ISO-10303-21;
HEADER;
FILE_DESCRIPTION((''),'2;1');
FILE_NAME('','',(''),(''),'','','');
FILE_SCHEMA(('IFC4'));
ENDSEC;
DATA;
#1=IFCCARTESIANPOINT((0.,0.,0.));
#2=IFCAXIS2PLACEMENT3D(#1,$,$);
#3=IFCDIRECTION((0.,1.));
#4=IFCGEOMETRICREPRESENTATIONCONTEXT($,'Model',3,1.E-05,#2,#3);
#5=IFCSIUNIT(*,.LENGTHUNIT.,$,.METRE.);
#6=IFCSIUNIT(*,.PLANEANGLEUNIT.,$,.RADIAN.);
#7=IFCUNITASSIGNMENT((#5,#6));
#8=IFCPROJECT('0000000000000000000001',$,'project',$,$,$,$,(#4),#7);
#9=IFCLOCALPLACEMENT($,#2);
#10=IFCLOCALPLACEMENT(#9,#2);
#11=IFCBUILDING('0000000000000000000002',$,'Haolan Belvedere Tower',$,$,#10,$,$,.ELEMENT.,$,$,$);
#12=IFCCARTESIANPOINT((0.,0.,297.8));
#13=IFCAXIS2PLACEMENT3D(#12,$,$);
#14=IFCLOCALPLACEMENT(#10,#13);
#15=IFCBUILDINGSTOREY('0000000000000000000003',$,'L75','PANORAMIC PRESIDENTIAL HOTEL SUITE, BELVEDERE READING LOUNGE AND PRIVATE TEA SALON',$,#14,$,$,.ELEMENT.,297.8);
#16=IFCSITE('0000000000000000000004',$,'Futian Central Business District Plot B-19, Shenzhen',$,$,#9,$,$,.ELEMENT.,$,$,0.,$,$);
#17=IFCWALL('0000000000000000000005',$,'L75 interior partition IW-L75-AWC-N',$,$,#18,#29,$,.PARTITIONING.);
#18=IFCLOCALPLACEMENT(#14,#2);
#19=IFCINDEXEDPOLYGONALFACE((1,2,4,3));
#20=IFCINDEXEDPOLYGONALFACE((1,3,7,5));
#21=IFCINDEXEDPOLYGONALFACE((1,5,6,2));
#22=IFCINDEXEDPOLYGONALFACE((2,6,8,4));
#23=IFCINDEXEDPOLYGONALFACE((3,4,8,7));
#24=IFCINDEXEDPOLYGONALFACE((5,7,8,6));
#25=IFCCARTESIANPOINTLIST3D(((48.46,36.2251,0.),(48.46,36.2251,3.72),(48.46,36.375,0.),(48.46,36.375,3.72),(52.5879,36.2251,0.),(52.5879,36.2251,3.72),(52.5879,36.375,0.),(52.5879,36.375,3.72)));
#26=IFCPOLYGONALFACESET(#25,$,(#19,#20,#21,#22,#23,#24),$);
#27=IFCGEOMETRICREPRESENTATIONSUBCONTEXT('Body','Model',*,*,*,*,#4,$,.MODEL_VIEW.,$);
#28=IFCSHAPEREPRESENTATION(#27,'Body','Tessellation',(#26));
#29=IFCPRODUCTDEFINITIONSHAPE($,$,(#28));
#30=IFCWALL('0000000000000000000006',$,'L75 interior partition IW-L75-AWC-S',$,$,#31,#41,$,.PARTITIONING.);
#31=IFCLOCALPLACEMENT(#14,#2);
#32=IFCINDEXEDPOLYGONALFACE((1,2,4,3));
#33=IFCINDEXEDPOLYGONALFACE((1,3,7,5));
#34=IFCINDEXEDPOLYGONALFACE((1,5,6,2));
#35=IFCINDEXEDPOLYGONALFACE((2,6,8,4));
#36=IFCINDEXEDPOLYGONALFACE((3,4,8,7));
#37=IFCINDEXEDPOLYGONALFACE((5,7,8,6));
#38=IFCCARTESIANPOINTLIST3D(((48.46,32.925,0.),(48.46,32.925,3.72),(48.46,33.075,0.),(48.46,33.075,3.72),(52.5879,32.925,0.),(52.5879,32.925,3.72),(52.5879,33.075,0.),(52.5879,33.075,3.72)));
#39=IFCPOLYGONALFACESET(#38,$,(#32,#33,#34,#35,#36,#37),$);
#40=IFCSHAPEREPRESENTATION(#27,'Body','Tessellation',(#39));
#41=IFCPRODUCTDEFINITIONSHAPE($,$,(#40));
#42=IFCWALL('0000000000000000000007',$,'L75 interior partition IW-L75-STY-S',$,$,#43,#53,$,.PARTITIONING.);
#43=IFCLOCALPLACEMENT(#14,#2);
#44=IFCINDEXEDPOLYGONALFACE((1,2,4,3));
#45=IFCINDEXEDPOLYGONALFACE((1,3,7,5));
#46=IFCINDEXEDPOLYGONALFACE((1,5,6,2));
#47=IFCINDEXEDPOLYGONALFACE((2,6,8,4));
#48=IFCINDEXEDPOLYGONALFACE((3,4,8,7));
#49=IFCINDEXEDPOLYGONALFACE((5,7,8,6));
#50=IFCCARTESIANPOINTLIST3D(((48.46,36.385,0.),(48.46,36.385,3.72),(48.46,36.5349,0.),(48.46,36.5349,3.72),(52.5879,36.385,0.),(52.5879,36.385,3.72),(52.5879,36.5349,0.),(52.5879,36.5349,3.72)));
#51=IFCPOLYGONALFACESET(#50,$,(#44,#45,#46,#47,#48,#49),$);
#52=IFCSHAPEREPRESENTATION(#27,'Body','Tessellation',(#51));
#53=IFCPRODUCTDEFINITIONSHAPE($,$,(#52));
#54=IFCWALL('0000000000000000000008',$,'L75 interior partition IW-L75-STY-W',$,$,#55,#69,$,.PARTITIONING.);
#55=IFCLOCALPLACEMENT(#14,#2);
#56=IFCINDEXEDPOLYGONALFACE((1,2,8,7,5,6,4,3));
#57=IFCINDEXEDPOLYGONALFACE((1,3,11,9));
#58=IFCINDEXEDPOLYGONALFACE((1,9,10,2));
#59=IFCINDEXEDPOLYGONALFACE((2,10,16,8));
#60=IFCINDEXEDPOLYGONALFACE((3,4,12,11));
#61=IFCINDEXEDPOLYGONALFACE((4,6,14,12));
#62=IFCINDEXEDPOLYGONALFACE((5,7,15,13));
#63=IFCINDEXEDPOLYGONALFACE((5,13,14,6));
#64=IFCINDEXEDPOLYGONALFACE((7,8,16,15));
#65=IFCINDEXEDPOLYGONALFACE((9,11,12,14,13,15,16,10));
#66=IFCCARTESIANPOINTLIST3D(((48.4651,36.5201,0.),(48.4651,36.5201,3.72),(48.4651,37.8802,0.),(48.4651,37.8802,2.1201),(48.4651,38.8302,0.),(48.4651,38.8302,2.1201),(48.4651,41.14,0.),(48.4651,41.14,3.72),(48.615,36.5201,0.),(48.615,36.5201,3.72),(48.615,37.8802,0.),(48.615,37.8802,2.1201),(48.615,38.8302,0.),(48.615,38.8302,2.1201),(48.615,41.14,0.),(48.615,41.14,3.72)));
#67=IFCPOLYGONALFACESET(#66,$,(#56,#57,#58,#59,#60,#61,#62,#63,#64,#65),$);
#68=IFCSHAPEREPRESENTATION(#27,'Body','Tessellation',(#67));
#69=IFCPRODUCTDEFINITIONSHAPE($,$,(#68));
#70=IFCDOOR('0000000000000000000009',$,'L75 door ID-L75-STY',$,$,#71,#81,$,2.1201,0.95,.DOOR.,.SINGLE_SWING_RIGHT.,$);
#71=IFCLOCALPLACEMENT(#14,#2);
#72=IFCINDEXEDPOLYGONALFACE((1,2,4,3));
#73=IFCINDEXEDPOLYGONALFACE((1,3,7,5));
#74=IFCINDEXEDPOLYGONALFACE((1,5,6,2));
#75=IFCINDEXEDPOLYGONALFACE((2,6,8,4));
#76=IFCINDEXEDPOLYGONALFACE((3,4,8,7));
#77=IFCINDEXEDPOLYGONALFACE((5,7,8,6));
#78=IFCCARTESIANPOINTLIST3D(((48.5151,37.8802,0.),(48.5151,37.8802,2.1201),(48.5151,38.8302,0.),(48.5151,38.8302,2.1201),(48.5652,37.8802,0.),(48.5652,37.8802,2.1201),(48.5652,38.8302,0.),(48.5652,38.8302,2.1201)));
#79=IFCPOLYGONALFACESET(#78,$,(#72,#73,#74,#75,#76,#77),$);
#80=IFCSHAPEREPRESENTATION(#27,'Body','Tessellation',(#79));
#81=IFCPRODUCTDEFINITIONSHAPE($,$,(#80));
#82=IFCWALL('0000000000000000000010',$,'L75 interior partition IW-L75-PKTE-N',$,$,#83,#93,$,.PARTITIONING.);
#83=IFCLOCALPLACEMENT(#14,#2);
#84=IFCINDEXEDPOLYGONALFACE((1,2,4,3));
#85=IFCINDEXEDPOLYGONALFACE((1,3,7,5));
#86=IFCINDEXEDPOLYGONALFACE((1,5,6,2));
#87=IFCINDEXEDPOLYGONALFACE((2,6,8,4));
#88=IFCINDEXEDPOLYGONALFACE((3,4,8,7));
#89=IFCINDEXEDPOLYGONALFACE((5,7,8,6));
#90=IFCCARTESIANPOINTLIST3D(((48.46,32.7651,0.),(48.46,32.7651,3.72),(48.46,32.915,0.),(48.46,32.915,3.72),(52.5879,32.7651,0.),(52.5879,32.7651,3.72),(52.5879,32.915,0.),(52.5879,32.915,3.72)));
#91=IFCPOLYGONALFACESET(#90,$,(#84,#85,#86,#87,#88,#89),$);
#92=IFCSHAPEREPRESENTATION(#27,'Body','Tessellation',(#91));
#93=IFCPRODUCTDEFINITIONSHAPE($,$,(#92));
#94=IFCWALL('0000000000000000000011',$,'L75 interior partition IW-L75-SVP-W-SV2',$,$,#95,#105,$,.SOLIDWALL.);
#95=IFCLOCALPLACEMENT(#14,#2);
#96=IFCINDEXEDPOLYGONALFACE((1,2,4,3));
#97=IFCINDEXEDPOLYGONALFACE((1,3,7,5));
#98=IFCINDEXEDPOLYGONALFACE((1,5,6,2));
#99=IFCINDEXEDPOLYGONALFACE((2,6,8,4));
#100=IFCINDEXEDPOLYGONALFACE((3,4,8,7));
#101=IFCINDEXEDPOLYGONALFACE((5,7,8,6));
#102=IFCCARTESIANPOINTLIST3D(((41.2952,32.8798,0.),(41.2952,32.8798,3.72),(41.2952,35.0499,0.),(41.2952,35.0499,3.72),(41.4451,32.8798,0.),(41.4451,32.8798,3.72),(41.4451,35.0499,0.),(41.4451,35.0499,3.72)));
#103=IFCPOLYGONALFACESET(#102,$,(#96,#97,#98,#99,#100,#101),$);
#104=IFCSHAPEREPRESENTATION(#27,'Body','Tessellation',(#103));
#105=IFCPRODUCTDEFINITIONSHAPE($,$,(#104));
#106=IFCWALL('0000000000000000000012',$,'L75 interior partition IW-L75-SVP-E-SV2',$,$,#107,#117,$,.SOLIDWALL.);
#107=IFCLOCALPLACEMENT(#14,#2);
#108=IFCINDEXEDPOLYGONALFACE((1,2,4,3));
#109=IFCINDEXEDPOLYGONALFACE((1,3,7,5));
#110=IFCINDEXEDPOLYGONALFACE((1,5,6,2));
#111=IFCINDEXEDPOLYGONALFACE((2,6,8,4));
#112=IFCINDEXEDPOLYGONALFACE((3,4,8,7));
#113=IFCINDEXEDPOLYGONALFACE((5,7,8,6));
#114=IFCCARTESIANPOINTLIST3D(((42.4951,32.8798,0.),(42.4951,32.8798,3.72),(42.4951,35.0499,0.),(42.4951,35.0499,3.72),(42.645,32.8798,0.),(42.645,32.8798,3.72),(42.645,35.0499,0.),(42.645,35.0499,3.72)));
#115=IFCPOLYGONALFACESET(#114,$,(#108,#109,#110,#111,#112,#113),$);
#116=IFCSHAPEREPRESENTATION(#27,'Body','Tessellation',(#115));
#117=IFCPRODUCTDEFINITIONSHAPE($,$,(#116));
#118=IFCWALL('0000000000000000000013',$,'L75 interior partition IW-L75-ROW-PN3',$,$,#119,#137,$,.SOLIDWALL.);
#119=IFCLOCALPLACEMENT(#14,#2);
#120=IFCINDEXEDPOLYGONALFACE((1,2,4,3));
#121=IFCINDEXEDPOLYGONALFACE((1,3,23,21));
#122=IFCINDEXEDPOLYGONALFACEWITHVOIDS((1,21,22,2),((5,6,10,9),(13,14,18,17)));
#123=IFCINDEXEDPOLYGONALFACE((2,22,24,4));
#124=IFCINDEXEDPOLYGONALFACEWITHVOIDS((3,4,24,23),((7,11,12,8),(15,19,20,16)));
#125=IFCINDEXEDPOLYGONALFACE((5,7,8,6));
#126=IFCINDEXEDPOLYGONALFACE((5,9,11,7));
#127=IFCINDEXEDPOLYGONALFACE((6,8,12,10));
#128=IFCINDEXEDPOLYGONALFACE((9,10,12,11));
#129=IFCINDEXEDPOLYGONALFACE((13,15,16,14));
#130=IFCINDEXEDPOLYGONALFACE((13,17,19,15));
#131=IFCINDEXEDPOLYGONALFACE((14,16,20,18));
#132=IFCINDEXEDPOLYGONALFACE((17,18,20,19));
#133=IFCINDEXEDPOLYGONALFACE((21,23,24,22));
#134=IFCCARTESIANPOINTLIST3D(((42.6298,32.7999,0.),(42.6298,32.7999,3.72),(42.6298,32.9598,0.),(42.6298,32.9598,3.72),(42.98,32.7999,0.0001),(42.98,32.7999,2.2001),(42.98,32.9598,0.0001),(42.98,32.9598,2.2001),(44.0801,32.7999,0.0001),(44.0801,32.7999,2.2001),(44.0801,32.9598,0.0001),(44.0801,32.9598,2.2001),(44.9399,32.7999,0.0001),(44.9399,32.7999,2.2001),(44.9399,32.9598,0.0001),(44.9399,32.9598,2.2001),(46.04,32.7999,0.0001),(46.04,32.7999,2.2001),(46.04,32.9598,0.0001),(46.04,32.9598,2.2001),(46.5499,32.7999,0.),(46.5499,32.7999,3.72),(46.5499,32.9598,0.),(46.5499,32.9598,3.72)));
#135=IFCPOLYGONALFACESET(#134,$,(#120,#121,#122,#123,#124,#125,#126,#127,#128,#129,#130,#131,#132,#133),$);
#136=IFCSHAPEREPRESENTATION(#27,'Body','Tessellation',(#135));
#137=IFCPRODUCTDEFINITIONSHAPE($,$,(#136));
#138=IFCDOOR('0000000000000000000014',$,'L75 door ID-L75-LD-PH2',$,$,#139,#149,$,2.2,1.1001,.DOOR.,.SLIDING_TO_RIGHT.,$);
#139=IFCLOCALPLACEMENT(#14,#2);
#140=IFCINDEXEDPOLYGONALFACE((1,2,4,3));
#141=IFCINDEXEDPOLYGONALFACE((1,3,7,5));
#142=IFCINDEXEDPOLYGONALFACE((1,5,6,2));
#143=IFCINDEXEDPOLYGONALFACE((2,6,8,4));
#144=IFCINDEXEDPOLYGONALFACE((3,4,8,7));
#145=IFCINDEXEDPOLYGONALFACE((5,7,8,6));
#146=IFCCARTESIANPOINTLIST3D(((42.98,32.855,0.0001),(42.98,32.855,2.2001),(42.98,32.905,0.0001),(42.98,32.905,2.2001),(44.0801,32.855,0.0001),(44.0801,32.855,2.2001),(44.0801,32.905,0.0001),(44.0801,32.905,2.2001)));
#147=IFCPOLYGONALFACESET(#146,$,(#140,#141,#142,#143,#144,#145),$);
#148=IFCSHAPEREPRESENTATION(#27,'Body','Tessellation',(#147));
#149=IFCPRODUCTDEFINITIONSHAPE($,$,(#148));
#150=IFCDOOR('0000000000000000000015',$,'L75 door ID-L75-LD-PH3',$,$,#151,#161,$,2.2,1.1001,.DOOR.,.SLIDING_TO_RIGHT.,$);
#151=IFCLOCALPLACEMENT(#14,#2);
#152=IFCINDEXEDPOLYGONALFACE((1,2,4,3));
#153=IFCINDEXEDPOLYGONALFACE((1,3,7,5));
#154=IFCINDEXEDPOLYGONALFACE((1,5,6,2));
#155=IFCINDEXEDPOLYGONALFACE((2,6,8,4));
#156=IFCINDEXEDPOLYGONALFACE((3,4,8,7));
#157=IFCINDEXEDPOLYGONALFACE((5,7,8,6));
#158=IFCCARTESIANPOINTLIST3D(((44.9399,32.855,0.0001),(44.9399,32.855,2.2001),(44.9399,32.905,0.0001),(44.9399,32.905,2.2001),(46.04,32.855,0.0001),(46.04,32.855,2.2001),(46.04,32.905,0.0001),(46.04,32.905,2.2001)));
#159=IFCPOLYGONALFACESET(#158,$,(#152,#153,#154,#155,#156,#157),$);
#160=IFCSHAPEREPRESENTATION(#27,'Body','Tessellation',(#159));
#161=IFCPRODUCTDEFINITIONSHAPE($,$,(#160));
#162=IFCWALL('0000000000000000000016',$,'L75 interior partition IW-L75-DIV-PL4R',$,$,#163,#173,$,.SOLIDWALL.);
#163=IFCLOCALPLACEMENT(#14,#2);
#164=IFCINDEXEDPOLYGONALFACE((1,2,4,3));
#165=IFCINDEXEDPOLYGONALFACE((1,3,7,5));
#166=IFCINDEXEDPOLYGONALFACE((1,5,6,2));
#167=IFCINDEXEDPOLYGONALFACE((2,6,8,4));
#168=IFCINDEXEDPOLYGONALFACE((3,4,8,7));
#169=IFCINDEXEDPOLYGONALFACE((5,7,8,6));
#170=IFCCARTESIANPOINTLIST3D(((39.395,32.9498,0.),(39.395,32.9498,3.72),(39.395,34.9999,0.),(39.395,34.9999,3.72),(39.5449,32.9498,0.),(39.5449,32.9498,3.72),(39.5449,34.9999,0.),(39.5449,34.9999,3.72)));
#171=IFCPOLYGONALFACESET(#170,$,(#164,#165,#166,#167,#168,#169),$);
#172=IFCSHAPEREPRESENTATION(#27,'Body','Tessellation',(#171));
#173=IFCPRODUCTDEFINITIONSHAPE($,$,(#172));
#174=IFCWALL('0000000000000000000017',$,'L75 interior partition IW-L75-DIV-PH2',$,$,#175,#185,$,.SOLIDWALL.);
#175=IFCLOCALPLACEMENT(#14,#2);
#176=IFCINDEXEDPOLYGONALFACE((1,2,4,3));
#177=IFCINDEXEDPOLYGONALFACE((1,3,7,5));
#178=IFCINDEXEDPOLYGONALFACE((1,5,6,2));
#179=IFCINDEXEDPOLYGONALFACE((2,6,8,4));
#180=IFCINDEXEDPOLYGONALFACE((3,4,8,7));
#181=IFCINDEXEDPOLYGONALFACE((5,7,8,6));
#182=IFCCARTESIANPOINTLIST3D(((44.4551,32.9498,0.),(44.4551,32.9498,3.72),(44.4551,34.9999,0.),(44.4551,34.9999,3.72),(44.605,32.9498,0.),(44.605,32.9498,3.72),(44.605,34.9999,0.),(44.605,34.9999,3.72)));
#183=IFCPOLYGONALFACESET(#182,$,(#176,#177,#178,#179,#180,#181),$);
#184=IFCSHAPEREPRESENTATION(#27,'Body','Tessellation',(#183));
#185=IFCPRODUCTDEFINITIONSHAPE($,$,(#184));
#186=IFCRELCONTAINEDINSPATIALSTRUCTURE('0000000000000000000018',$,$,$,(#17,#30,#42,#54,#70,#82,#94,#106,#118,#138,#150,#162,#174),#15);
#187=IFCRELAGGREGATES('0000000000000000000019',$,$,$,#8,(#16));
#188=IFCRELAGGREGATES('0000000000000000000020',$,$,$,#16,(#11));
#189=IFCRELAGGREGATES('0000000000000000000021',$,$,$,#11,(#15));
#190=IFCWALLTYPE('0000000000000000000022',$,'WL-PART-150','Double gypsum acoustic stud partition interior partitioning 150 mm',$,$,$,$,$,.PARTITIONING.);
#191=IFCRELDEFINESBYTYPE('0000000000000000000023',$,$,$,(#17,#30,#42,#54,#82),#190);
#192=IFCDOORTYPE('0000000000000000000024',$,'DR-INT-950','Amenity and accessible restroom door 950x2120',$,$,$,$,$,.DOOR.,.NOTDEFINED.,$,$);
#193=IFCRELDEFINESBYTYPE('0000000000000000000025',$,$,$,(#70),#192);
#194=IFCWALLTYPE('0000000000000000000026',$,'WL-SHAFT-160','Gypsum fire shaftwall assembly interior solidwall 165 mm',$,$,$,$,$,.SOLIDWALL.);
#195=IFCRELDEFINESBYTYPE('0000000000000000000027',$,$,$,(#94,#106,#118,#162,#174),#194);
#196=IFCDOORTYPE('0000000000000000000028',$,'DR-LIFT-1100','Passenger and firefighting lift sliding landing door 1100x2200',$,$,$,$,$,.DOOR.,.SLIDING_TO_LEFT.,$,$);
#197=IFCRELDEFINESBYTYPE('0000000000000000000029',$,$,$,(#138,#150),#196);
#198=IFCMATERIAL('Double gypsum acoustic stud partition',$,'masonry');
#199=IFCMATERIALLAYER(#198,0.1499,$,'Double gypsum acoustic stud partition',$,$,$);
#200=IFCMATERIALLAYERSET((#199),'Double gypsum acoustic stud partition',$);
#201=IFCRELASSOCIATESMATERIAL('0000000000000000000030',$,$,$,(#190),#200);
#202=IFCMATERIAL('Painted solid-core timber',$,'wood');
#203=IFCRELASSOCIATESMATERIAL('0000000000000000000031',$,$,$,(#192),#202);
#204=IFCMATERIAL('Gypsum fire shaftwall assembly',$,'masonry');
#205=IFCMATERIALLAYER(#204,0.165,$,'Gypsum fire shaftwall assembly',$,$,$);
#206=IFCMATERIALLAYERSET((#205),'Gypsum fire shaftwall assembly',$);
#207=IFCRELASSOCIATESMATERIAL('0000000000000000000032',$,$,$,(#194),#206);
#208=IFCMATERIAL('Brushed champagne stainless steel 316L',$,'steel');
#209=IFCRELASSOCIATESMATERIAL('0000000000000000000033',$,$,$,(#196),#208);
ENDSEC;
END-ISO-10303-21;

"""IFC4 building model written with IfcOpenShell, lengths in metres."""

from ifc_helpers import new_model, si_unit, direction, frame, frame_2d, origin, place, context, subcontext, project, spatial, rectangle, extrude, material, layer, layer_set, type_object, element, fill, save


model = new_model("IFC4")

# Units and contexts
model_context = context("Model", 3, precision=1e-05, world=origin(), true_north=direction((0.0, 1.0)))
body_context = subcontext(model_context, "Body", "Model", "MODEL_VIEW")
ifc_project = project(units=[si_unit("LENGTHUNIT", "METRE"), si_unit("PLANEANGLEUNIT", "RADIAN")], contexts=[model_context])

# Site, building, storey
site_placement = place(None, origin())
site = spatial("IfcSite", under=ifc_project, at=site_placement, Name="Futian Central Business District Plot B-19, Shenzhen", CompositionType="ELEMENT", RefElevation=0.0)
building_placement = place(site_placement, origin())
building = spatial("IfcBuilding", under=site, at=building_placement, Name="Haolan Belvedere Tower", CompositionType="ELEMENT")
storey_placement = place(building_placement, frame((0.0, 0.0, 297.8)))
storey = spatial("IfcBuildingStorey", under=building, at=storey_placement, Name="L75", Description="PANORAMIC PRESIDENTIAL HOTEL SUITE, BELVEDERE READING LOUNGE AND PRIVATE TEA SALON", CompositionType="ELEMENT", Elevation=297.8)

# Walls
ifc_material_1 = material(Name="Double gypsum acoustic stud partition", Category="masonry")
ifc_layer_1 = layer(ifc_material_1, 0.1499, Name="Double gypsum acoustic stud partition")
ifc_layer_set_1 = layer_set([ifc_layer_1], Name="Double gypsum acoustic stud partition")
wall_type_1 = type_object("IfcWallType", Name="WL-PART-150", Description="Double gypsum acoustic stud partition interior partitioning 150 mm", PredefinedType="PARTITIONING", material=ifc_layer_set_1)
for number, where, z_axis, x_axis, name in (
    (1, (48.46, 36.3, 0.0), (0.0, 0.0, 1.0), (1.0, 0.0, 0.0), "L75 interior partition IW-L75-AWC-N"),
    (2, (48.46, 33.0, 0.0), (0.0, 0.0, 1.0), (1.0, 0.0, 0.0), "L75 interior partition IW-L75-AWC-S"),
):
    element("IfcWall", number, at=place(storey_placement, frame(where, z_axis=z_axis, x_axis=x_axis)), inside=storey, type_object=wall_type_1, Name=name, PredefinedType="PARTITIONING", context=body_context, shape_type="SweptSolid", body=[
        extrude(rectangle(XDim=4.1279, YDim=0.1499, at=frame_2d((2.064, 0.0))), origin(), (0.0, 0.0, 1.0), 3.72),
    ])

# Shared definitions
ifc_material_2 = material(Name="Painted solid-core timber", Category="wood")
door_type_1 = type_object("IfcDoorType", Name="DR-INT-950", Description="Amenity and accessible restroom door 950x2120", OperationType="NOTDEFINED", PredefinedType="DOOR", material=ifc_material_2)

# Wall
wall_1_placement = place(storey_placement, frame((48.46, 36.46, 0.0), z_axis=(0.0, 0.0, 1.0), x_axis=(1.0, 0.0, 0.0)))
element("IfcWall", 3, at=wall_1_placement, inside=storey, type_object=wall_type_1, Name="L75 interior partition IW-L75-STY-S", PredefinedType="PARTITIONING", context=body_context, shape_type="SweptSolid", body=[
    extrude(rectangle(XDim=4.1279, YDim=0.1499, at=frame_2d((2.064, 0.0))), origin(), (0.0, 0.0, 1.0), 3.72),
])

# Wall, opening, door
wall_2_placement = place(storey_placement, frame((48.54, 36.52, 0.0), z_axis=(0.0, 0.0, 1.0), x_axis=(0.0, 1.0, 0.0)))
wall_2 = element("IfcWall", 4, at=wall_2_placement, inside=storey, type_object=wall_type_1, Name="L75 interior partition IW-L75-STY-W", PredefinedType="PARTITIONING", context=body_context, shape_type="SweptSolid", body=[
    extrude(rectangle(XDim=4.6199, YDim=0.1499, at=frame_2d((2.3101, 0.0))), origin(), (0.0, 0.0, 1.0), 3.72),
])
opening_1_placement = place(wall_2_placement, frame((1.3601, 0.0, 0.0)))
opening_1 = element("IfcOpeningElement", 5, at=opening_1_placement, cuts=wall_2, PredefinedType="OPENING", context=body_context, shape_type="SweptSolid", body=[
    extrude(rectangle(XDim=0.95, YDim=2.1201, at=frame_2d((0.4751, 1.0601))), frame((0.0, 0.085, 0.0), z_axis=(0.0, -1.0, 0.0), x_axis=(1.0, 0.0, 0.0)), (0.0, 0.0, 1.0), 0.1699),
])
door_1_placement = place(opening_1_placement, origin())
door_1 = element("IfcDoor", 6, at=door_1_placement, inside=storey, type_object=door_type_1, Name="L75 door ID-L75-STY", OperationType="SINGLE_SWING_RIGHT", OverallHeight=2.1201, OverallWidth=0.95, PredefinedType="DOOR", context=body_context, shape_type="SweptSolid", body=[
    extrude(rectangle(XDim=0.95, YDim=2.1201, at=frame_2d((0.4751, 1.0601))), frame((0.0, 0.0249, 0.0), z_axis=(0.0, -1.0, 0.0), x_axis=(1.0, 0.0, 0.0)), (0.0, 0.0, 1.0), 0.05),
])
fill(opening_1, door_1)

# Walls
wall_3_placement = place(storey_placement, frame((48.46, 32.8401, 0.0), z_axis=(0.0, 0.0, 1.0), x_axis=(1.0, 0.0, 0.0)))
element("IfcWall", 7, at=wall_3_placement, inside=storey, type_object=wall_type_1, Name="L75 interior partition IW-L75-PKTE-N", PredefinedType="PARTITIONING", context=body_context, shape_type="SweptSolid", body=[
    extrude(rectangle(XDim=4.1279, YDim=0.1499, at=frame_2d((2.064, 0.0))), origin(), (0.0, 0.0, 1.0), 3.72),
])
ifc_material_3 = material(Name="Gypsum fire shaftwall assembly", Category="masonry")
ifc_layer_2 = layer(ifc_material_3, 0.165, Name="Gypsum fire shaftwall assembly")
ifc_layer_set_2 = layer_set([ifc_layer_2], Name="Gypsum fire shaftwall assembly")
wall_type_2 = type_object("IfcWallType", Name="WL-SHAFT-160", Description="Gypsum fire shaftwall assembly interior solidwall 165 mm", PredefinedType="SOLIDWALL", material=ifc_layer_set_2)
for number, where, z_axis, x_axis, name in (
    (8, (41.3701, 32.8799, 0.0), (0.0, 0.0, 1.0), (0.0, 1.0, 0.0), "L75 interior partition IW-L75-SVP-W-SV2"),
    (9, (42.5701, 32.8799, 0.0), (0.0, 0.0, 1.0), (0.0, 1.0, 0.0), "L75 interior partition IW-L75-SVP-E-SV2"),
):
    element("IfcWall", number, at=place(storey_placement, frame(where, z_axis=z_axis, x_axis=x_axis)), inside=storey, type_object=wall_type_2, Name=name, PredefinedType="SOLIDWALL", context=body_context, shape_type="SweptSolid", body=[
        extrude(rectangle(XDim=2.1702, YDim=0.1499, at=frame_2d((1.085, 0.0))), origin(), (0.0, 0.0, 1.0), 3.72),
    ])

# Wall, openings, doors
wall_4_placement = place(storey_placement, frame((42.6299, 32.8799, 0.0), z_axis=(0.0, 0.0, 1.0), x_axis=(1.0, 0.0, 0.0)))
wall_4 = element("IfcWall", 10, at=wall_4_placement, inside=storey, type_object=wall_type_2, Name="L75 interior partition IW-L75-ROW-PN3", PredefinedType="SOLIDWALL", context=body_context, shape_type="SweptSolid", body=[
    extrude(rectangle(XDim=3.9202, YDim=0.1599, at=frame_2d((1.96, 0.0))), origin(), (0.0, 0.0, 1.0), 3.72),
])
opening_2_placement = place(wall_4_placement, frame((1.4502, 0.0, 0.0), z_axis=(0.0, 0.0, 1.0), x_axis=(-1.0, 0.0, 0.0)))
opening_2 = element("IfcOpeningElement", 11, at=opening_2_placement, cuts=wall_4, PredefinedType="OPENING", context=body_context, shape_type="SweptSolid", body=[
    extrude(rectangle(XDim=1.1001, YDim=2.2, at=frame_2d((0.55, 1.1001))), frame((0.0, 0.0898, 0.0), z_axis=(0.0, -1.0, 0.0), x_axis=(1.0, 0.0, 0.0)), (0.0, 0.0, 1.0), 0.1799),
])
opening_3_placement = place(wall_4_placement, frame((3.4102, 0.0, 0.0), z_axis=(0.0, 0.0, 1.0), x_axis=(-1.0, 0.0, 0.0)))
opening_3 = element("IfcOpeningElement", 12, at=opening_3_placement, cuts=wall_4, PredefinedType="OPENING", context=body_context, shape_type="SweptSolid", body=[
    extrude(rectangle(XDim=1.1001, YDim=2.2, at=frame_2d((0.55, 1.1001))), frame((0.0, 0.0898, 0.0), z_axis=(0.0, -1.0, 0.0), x_axis=(1.0, 0.0, 0.0)), (0.0, 0.0, 1.0), 0.1799),
])
ifc_material_4 = material(Name="Brushed champagne stainless steel 316L", Category="steel")
door_type_2 = type_object("IfcDoorType", Name="DR-LIFT-1100", Description="Passenger and firefighting lift sliding landing door 1100x2200", OperationType="SLIDING_TO_LEFT", PredefinedType="DOOR", material=ifc_material_4)
door_2_placement = place(opening_2_placement, origin())
door_2 = element("IfcDoor", 13, at=door_2_placement, inside=storey, type_object=door_type_2, Name="L75 door ID-L75-LD-PH2", OperationType="SLIDING_TO_RIGHT", OverallHeight=2.2, OverallWidth=1.1001, PredefinedType="DOOR", context=body_context, shape_type="SweptSolid", body=[
    extrude(rectangle(XDim=1.1001, YDim=2.2, at=frame_2d((0.55, 1.1001))), frame((0.0, 0.0249, 0.0), z_axis=(0.0, -1.0, 0.0), x_axis=(1.0, 0.0, 0.0)), (0.0, 0.0, 1.0), 0.05),
])
fill(opening_2, door_2)
door_3_placement = place(opening_3_placement, origin())
door_3 = element("IfcDoor", 14, at=door_3_placement, inside=storey, type_object=door_type_2, Name="L75 door ID-L75-LD-PH3", OperationType="SLIDING_TO_RIGHT", OverallHeight=2.2, OverallWidth=1.1001, PredefinedType="DOOR", context=body_context, shape_type="SweptSolid", body=[
    extrude(rectangle(XDim=1.1001, YDim=2.2, at=frame_2d((0.55, 1.1001))), frame((0.0, 0.0249, 0.0), z_axis=(0.0, -1.0, 0.0), x_axis=(1.0, 0.0, 0.0)), (0.0, 0.0, 1.0), 0.05),
])
fill(opening_3, door_3)

# Walls
for number, where, z_axis, x_axis, name in (
    (15, (39.47, 32.95, 0.0), (0.0, 0.0, 1.0), (0.0, 1.0, 0.0), "L75 interior partition IW-L75-DIV-PL4R"),
    (16, (44.53, 32.95, 0.0), (0.0, 0.0, 1.0), (0.0, 1.0, 0.0), "L75 interior partition IW-L75-DIV-PH2"),
):
    element("IfcWall", number, at=place(storey_placement, frame(where, z_axis=z_axis, x_axis=x_axis)), inside=storey, type_object=wall_type_2, Name=name, PredefinedType="SOLIDWALL", context=body_context, shape_type="SweptSolid", body=[
        extrude(rectangle(XDim=2.05, YDim=0.1499, at=frame_2d((1.0249, 0.0))), origin(), (0.0, 0.0, 1.0), 3.72),
    ])

save(model, "model.ifc")
